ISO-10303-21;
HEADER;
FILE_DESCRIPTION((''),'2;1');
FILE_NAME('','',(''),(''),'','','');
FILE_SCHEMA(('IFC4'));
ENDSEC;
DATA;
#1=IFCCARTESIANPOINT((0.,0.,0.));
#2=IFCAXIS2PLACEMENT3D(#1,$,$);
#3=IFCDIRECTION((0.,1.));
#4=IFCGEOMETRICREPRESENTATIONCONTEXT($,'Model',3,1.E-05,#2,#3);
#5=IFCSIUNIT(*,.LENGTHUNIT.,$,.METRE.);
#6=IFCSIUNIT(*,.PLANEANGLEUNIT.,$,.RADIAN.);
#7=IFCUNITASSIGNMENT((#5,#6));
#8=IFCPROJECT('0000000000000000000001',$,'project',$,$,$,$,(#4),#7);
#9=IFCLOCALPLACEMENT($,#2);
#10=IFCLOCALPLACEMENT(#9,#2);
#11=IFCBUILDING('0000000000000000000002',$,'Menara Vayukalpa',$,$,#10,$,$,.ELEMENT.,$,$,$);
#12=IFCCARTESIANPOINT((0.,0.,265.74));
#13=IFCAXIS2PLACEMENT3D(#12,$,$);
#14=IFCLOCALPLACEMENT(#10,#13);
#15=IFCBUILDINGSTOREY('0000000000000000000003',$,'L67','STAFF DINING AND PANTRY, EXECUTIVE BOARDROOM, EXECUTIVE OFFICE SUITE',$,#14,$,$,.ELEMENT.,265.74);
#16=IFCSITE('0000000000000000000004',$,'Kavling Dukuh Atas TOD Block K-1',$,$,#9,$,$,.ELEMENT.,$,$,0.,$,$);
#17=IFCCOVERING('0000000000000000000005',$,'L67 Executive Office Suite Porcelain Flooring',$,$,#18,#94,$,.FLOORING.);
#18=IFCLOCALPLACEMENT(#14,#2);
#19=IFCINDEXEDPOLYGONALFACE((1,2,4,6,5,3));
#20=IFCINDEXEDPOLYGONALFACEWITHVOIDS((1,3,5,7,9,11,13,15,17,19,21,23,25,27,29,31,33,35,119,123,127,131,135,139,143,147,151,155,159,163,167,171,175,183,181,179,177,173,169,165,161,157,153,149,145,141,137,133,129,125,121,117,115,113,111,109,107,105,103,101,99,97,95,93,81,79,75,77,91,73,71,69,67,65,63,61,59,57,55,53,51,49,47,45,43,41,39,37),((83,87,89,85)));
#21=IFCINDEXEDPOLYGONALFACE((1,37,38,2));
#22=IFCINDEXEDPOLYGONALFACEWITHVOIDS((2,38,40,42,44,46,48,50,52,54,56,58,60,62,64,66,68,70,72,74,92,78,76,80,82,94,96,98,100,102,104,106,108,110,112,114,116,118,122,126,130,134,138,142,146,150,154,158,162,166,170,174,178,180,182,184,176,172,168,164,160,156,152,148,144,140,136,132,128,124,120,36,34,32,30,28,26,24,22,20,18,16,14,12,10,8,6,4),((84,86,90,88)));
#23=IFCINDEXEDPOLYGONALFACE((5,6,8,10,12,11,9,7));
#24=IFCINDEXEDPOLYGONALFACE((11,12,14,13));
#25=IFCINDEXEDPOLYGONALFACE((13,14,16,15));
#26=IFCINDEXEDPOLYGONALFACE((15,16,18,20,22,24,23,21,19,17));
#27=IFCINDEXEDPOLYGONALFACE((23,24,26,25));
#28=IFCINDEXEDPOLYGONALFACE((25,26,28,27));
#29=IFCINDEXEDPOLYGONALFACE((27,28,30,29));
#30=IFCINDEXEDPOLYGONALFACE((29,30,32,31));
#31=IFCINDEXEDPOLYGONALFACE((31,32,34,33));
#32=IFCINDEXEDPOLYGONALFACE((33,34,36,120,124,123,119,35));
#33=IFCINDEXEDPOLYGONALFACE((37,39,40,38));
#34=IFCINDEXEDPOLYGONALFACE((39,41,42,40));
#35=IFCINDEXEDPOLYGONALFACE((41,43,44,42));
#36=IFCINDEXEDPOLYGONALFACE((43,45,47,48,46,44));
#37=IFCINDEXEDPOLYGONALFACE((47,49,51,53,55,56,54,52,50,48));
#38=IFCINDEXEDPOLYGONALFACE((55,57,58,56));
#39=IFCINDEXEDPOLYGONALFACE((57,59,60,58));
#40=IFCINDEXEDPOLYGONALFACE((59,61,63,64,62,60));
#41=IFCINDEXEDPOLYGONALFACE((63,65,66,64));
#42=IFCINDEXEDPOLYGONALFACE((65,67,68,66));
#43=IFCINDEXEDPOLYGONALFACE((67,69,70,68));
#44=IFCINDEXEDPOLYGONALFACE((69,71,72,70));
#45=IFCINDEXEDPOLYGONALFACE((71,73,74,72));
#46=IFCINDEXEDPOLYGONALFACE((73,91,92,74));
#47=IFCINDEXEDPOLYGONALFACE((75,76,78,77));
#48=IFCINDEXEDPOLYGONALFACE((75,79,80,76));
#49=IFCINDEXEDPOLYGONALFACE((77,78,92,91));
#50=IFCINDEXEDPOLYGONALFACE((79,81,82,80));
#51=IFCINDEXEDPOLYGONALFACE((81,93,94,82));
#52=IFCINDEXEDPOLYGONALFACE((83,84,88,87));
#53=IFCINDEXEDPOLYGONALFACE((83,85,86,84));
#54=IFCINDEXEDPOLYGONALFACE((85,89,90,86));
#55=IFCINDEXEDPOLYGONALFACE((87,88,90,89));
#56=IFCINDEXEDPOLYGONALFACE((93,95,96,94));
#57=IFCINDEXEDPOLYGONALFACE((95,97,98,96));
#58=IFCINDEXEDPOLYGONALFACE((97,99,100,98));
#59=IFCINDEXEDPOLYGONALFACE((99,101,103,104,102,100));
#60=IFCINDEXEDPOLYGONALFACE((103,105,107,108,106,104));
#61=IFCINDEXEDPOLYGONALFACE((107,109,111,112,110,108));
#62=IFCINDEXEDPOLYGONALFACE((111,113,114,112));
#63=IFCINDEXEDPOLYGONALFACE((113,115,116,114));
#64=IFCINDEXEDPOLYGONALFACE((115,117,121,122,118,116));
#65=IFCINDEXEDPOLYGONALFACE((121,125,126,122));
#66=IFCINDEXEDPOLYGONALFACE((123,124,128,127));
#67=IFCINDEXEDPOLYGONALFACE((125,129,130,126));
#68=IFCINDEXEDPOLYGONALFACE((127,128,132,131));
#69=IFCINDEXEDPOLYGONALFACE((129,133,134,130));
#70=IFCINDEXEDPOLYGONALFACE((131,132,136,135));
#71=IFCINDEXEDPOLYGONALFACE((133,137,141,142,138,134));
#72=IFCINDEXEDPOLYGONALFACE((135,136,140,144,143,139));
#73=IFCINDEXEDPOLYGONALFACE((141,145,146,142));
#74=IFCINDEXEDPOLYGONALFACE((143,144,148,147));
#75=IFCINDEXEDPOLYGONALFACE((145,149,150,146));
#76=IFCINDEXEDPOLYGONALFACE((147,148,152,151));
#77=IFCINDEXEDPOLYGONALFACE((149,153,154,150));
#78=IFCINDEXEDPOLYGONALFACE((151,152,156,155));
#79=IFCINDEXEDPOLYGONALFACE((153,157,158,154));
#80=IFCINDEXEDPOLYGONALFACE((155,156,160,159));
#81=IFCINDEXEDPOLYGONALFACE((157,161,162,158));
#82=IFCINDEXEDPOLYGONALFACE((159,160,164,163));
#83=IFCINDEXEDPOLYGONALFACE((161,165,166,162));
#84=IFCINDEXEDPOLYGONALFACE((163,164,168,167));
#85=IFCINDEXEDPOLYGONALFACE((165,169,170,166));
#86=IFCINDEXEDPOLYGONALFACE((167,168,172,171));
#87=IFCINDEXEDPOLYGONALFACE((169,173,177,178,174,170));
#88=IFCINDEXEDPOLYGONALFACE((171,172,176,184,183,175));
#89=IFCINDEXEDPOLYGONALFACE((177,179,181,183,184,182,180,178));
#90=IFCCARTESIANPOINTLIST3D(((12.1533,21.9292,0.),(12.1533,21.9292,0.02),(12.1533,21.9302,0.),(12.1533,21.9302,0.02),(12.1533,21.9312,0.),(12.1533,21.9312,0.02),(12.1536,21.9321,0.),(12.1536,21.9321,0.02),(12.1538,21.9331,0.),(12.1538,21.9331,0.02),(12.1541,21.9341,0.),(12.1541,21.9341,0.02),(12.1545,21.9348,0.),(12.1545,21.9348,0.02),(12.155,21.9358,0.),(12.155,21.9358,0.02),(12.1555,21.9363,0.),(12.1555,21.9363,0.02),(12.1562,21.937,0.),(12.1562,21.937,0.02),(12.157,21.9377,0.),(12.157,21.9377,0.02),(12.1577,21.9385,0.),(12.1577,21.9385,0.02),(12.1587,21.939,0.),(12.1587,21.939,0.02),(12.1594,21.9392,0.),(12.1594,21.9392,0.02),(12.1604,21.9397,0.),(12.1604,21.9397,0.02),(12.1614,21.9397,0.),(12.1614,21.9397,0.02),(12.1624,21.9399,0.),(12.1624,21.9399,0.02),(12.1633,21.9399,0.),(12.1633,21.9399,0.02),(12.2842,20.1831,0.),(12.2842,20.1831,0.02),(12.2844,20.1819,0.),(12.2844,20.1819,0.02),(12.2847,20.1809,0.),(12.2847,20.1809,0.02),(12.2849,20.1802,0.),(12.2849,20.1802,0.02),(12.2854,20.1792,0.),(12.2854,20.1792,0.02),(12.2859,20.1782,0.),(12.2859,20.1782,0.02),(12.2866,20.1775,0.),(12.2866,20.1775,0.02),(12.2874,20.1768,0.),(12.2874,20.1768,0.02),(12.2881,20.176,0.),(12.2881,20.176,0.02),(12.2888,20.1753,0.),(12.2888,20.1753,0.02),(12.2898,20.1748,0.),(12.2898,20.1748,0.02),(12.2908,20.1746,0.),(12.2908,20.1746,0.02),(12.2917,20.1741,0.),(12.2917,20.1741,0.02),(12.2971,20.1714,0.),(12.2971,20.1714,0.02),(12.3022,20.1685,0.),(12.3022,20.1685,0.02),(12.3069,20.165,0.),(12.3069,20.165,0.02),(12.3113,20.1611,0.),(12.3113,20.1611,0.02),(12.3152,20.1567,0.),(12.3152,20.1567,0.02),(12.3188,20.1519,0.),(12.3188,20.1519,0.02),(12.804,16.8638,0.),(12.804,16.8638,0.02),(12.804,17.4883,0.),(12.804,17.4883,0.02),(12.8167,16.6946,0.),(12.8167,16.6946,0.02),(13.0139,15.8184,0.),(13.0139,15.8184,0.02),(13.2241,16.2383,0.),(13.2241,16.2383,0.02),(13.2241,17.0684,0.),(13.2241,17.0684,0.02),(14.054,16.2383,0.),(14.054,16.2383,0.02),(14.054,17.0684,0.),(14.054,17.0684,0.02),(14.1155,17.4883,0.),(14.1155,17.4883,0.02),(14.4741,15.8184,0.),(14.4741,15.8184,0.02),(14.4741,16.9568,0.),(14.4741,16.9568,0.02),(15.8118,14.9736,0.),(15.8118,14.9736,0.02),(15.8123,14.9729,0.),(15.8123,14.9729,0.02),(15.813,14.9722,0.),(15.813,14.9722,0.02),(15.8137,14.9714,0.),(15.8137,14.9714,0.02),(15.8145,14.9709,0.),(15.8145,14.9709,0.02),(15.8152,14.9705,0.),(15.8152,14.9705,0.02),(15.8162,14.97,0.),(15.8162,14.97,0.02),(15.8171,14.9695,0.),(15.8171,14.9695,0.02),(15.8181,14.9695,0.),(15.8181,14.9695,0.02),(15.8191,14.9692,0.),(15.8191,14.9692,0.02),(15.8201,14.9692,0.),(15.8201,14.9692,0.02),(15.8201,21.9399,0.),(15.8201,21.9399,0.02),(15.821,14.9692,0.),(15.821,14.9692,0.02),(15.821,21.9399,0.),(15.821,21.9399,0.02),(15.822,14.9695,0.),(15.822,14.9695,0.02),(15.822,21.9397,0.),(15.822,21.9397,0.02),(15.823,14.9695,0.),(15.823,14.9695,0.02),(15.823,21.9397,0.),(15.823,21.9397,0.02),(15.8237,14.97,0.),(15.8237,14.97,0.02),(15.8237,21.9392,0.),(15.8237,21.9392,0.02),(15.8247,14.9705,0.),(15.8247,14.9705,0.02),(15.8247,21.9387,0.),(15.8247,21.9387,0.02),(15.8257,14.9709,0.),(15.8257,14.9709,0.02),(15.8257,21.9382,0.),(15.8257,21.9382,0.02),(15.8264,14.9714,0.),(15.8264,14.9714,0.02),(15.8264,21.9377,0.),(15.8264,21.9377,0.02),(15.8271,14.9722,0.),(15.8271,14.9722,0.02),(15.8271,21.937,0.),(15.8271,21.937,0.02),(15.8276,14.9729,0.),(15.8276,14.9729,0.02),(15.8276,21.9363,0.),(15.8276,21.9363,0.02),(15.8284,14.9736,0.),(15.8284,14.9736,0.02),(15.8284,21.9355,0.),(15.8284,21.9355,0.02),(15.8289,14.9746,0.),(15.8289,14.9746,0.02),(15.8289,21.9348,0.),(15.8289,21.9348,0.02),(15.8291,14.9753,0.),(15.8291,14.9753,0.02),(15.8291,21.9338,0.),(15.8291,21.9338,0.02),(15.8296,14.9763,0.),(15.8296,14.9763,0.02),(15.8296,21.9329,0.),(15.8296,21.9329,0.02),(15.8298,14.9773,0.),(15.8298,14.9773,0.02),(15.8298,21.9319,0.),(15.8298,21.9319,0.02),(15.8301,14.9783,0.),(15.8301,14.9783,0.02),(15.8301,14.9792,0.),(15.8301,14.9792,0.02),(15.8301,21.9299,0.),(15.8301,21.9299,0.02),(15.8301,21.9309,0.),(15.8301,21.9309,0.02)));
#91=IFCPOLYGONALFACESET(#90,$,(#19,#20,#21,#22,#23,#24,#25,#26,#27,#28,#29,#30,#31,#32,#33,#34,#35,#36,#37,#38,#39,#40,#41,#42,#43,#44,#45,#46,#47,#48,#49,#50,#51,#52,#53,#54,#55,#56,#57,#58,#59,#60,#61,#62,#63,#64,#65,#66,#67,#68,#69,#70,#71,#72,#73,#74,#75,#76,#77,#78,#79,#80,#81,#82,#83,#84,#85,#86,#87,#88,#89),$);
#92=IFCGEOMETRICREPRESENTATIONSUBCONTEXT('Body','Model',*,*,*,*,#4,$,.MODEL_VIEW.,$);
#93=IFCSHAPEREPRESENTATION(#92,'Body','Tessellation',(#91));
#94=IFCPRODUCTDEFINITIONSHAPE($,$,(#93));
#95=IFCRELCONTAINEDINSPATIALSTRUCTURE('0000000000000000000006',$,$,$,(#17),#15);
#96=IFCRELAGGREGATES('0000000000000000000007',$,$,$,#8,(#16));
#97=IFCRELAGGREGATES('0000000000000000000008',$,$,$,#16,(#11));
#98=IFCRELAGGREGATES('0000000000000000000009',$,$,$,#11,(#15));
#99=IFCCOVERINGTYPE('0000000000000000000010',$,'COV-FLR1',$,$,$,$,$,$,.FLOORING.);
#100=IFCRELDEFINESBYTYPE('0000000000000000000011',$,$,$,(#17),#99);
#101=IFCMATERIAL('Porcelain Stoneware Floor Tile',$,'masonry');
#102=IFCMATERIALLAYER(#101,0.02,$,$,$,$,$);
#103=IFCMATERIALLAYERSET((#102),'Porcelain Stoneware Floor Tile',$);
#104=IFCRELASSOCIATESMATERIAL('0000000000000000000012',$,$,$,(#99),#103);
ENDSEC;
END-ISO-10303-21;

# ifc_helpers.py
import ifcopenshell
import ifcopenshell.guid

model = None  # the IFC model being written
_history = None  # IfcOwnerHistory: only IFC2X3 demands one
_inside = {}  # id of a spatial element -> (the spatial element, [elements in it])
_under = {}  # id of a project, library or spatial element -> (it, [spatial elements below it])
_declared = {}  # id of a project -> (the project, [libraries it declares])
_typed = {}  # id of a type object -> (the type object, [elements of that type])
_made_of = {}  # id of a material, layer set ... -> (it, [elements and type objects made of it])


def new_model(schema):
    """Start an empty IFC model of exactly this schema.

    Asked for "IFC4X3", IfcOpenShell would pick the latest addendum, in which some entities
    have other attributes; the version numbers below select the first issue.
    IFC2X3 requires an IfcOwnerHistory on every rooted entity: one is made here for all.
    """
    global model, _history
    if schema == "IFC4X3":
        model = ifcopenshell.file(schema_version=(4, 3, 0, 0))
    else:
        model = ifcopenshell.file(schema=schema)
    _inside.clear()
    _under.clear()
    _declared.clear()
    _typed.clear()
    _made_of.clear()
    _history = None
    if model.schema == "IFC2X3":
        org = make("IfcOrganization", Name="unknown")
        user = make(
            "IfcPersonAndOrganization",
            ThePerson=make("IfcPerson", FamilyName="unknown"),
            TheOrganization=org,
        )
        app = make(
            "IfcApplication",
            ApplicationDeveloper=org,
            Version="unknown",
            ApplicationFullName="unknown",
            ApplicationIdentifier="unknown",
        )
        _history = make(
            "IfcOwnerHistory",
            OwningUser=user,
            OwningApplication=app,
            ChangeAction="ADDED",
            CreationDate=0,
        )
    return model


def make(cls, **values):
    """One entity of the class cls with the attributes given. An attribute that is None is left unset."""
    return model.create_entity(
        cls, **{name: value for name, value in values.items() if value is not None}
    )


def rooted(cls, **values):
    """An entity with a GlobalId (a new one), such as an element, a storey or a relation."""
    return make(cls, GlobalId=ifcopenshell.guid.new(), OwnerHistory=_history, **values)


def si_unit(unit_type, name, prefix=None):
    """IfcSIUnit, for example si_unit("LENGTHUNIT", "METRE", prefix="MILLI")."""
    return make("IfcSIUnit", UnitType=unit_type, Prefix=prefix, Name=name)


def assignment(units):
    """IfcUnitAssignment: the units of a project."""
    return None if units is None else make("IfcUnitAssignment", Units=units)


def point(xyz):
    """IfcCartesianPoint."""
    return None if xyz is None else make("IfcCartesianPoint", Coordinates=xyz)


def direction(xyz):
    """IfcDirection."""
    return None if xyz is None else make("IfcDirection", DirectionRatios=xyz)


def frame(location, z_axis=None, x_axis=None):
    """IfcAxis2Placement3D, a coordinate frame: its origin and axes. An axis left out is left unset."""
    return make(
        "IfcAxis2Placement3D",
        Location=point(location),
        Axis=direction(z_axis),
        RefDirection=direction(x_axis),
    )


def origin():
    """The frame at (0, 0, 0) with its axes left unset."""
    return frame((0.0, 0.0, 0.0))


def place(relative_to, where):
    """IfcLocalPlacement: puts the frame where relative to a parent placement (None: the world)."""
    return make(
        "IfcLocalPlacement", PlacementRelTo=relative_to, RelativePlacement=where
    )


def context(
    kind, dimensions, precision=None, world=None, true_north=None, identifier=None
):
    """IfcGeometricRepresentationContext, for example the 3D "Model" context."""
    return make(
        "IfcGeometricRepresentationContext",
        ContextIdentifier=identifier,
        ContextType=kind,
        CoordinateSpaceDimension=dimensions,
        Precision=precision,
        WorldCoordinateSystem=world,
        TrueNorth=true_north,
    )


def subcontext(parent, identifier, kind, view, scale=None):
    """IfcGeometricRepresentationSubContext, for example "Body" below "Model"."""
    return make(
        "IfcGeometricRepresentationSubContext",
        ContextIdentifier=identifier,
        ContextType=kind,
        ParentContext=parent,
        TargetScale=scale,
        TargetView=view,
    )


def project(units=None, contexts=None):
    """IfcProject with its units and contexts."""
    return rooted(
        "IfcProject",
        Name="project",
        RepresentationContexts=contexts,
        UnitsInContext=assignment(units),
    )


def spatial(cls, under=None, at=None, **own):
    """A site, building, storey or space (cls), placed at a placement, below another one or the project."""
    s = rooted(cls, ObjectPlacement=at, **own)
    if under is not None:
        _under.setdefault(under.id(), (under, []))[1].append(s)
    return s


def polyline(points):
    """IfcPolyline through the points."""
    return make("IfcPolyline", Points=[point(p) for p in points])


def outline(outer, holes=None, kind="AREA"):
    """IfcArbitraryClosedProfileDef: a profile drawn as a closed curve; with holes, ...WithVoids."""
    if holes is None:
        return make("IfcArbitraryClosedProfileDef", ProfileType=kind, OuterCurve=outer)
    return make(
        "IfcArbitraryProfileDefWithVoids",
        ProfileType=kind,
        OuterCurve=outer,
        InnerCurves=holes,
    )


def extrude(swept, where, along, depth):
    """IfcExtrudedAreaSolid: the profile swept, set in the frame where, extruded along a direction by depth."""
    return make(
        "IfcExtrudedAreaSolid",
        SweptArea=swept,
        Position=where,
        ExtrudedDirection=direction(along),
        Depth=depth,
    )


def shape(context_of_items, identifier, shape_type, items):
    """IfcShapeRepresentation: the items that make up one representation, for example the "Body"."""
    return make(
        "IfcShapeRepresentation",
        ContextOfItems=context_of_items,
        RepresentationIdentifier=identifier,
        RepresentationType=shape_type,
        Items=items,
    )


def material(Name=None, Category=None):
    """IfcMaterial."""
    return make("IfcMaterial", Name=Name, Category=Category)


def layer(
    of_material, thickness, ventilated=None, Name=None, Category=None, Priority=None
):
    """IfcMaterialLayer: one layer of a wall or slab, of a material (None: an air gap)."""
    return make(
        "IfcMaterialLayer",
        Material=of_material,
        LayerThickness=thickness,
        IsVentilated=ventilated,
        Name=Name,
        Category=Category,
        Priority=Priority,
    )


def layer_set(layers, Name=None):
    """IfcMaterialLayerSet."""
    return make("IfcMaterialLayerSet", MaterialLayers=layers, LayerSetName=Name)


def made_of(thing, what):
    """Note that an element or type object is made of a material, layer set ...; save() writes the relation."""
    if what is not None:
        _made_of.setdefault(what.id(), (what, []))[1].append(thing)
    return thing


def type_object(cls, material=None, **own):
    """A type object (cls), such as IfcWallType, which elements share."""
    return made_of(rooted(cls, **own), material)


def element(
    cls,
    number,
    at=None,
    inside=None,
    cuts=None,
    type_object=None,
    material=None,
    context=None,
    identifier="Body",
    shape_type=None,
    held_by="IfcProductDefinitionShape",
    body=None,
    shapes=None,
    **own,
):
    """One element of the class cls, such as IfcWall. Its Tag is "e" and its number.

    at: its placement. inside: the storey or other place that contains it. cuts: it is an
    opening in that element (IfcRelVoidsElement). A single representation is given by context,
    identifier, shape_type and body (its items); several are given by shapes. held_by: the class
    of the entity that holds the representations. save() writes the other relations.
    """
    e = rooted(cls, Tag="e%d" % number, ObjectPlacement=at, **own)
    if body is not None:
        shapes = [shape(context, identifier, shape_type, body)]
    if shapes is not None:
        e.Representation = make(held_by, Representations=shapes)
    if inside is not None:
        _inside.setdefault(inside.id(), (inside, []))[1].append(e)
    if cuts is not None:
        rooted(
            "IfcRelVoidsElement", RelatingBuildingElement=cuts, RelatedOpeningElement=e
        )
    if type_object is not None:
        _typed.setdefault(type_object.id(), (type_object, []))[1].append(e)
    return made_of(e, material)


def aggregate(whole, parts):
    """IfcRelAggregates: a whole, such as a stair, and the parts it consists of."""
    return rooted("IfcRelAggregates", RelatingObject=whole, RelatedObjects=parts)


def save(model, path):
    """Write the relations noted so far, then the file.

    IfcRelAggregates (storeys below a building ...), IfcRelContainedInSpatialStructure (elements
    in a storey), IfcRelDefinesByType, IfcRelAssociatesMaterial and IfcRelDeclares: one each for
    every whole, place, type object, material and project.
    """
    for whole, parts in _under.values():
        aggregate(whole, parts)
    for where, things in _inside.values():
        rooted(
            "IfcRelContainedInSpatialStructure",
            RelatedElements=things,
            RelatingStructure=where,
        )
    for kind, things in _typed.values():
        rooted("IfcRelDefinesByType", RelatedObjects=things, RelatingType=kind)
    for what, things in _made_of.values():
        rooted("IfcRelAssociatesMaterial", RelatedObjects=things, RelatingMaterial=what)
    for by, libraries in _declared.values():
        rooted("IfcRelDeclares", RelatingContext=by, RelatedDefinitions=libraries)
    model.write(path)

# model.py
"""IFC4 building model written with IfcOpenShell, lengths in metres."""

from ifc_helpers import new_model, si_unit, direction, frame, origin, place, context, subcontext, project, spatial, polyline, outline, extrude, material, layer, layer_set, type_object, element, save


model = new_model("IFC4")

# Units and contexts
model_context = context("Model", 3, precision=1e-05, world=origin(), true_north=direction((0.0, 1.0)))
body_context = subcontext(model_context, "Body", "Model", "MODEL_VIEW")
ifc_project = project(units=[si_unit("LENGTHUNIT", "METRE"), si_unit("PLANEANGLEUNIT", "RADIAN")], contexts=[model_context])

# Site, building, storey
site_placement = place(None, origin())
site = spatial("IfcSite", under=ifc_project, at=site_placement, Name="Kavling Dukuh Atas TOD Block K-1", CompositionType="ELEMENT", RefElevation=0.0)
building_placement = place(site_placement, origin())
building = spatial("IfcBuilding", under=site, at=building_placement, Name="Menara Vayukalpa", CompositionType="ELEMENT")
storey_placement = place(building_placement, frame((0.0, 0.0, 265.74)))
storey = spatial("IfcBuildingStorey", under=building, at=storey_placement, Name="L67", Description="STAFF DINING AND PANTRY, EXECUTIVE BOARDROOM, EXECUTIVE OFFICE SUITE", CompositionType="ELEMENT", Elevation=265.74)

# Covering
ifc_material_1 = material(Name="Porcelain Stoneware Floor Tile", Category="masonry")
ifc_layer_1 = layer(ifc_material_1, 0.02)
ifc_layer_set_1 = layer_set([ifc_layer_1], Name="Porcelain Stoneware Floor Tile")
covering_type_1 = type_object("IfcCoveringType", Name="COV-FLR1", PredefinedType="FLOORING", material=ifc_layer_set_1)
covering_1_placement = place(storey_placement, origin())
element("IfcCovering", 1, at=covering_1_placement, inside=storey, type_object=covering_type_1, Name="L67 Executive Office Suite Porcelain Flooring", PredefinedType="FLOORING", context=body_context, shape_type="SweptSolid", body=[
    extrude(outline(polyline([(12.804, 16.8638), (12.804, 17.4883), (14.1155, 17.4883), (12.3188, 20.1519), (12.3152, 20.1567), (12.3113, 20.1611), (12.3069, 20.165), (12.3022, 20.1685), (12.2971, 20.1714), (12.2917, 20.1741), (12.2908, 20.1746), (12.2898, 20.1748), (12.2888, 20.1753), (12.2881, 20.176), (12.2874, 20.1768), (12.2866, 20.1775), (12.2859, 20.1782), (12.2854, 20.1792), (12.2849, 20.1802), (12.2847, 20.1809), (12.2844, 20.1819), (12.2842, 20.1831), (12.1533, 21.9292), (12.1533, 21.9302), (12.1533, 21.9312), (12.1536, 21.9321), (12.1538, 21.9331), (12.1541, 21.9341), (12.1545, 21.9348), (12.155, 21.9358), (12.1555, 21.9363), (12.1562, 21.937), (12.157, 21.9377), (12.1577, 21.9385), (12.1587, 21.939), (12.1594, 21.9392), (12.1604, 21.9397), (12.1614, 21.9397), (12.1624, 21.9399), (12.1633, 21.9399), (15.8201, 21.9399), (15.821, 21.9399), (15.822, 21.9397), (15.823, 21.9397), (15.8237, 21.9392), (15.8247, 21.9387), (15.8257, 21.9382), (15.8264, 21.9377), (15.8271, 21.937), (15.8276, 21.9363), (15.8284, 21.9355), (15.8289, 21.9348), (15.8291, 21.9338), (15.8296, 21.9329), (15.8298, 21.9319), (15.8301, 21.9309), (15.8301, 21.9299), (15.8301, 14.9792), (15.8301, 14.9783), (15.8298, 14.9773), (15.8296, 14.9763), (15.8291, 14.9753), (15.8289, 14.9746), (15.8284, 14.9736), (15.8276, 14.9729), (15.8271, 14.9722), (15.8264, 14.9714), (15.8257, 14.9709), (15.8247, 14.9705), (15.8237, 14.97), (15.823, 14.9695), (15.822, 14.9695), (15.821, 14.9692), (15.8201, 14.9692), (15.8191, 14.9692), (15.8181, 14.9695), (15.8171, 14.9695), (15.8162, 14.97), (15.8152, 14.9705), (15.8145, 14.9709), (15.8137, 14.9714), (15.813, 14.9722), (15.8123, 14.9729), (15.8118, 14.9736), (14.4741, 16.9568), (14.4741, 15.8184), (13.0139, 15.8184), (12.8167, 16.6946), (12.804, 16.8638)]), holes=[polyline([(14.054, 17.0684), (13.2241, 17.0684), (13.2241, 16.2383), (14.054, 16.2383), (14.054, 17.0684)])]), origin(), (0.0, 0.0, 1.0), 0.02),
])

save(model, "model.ifc")
